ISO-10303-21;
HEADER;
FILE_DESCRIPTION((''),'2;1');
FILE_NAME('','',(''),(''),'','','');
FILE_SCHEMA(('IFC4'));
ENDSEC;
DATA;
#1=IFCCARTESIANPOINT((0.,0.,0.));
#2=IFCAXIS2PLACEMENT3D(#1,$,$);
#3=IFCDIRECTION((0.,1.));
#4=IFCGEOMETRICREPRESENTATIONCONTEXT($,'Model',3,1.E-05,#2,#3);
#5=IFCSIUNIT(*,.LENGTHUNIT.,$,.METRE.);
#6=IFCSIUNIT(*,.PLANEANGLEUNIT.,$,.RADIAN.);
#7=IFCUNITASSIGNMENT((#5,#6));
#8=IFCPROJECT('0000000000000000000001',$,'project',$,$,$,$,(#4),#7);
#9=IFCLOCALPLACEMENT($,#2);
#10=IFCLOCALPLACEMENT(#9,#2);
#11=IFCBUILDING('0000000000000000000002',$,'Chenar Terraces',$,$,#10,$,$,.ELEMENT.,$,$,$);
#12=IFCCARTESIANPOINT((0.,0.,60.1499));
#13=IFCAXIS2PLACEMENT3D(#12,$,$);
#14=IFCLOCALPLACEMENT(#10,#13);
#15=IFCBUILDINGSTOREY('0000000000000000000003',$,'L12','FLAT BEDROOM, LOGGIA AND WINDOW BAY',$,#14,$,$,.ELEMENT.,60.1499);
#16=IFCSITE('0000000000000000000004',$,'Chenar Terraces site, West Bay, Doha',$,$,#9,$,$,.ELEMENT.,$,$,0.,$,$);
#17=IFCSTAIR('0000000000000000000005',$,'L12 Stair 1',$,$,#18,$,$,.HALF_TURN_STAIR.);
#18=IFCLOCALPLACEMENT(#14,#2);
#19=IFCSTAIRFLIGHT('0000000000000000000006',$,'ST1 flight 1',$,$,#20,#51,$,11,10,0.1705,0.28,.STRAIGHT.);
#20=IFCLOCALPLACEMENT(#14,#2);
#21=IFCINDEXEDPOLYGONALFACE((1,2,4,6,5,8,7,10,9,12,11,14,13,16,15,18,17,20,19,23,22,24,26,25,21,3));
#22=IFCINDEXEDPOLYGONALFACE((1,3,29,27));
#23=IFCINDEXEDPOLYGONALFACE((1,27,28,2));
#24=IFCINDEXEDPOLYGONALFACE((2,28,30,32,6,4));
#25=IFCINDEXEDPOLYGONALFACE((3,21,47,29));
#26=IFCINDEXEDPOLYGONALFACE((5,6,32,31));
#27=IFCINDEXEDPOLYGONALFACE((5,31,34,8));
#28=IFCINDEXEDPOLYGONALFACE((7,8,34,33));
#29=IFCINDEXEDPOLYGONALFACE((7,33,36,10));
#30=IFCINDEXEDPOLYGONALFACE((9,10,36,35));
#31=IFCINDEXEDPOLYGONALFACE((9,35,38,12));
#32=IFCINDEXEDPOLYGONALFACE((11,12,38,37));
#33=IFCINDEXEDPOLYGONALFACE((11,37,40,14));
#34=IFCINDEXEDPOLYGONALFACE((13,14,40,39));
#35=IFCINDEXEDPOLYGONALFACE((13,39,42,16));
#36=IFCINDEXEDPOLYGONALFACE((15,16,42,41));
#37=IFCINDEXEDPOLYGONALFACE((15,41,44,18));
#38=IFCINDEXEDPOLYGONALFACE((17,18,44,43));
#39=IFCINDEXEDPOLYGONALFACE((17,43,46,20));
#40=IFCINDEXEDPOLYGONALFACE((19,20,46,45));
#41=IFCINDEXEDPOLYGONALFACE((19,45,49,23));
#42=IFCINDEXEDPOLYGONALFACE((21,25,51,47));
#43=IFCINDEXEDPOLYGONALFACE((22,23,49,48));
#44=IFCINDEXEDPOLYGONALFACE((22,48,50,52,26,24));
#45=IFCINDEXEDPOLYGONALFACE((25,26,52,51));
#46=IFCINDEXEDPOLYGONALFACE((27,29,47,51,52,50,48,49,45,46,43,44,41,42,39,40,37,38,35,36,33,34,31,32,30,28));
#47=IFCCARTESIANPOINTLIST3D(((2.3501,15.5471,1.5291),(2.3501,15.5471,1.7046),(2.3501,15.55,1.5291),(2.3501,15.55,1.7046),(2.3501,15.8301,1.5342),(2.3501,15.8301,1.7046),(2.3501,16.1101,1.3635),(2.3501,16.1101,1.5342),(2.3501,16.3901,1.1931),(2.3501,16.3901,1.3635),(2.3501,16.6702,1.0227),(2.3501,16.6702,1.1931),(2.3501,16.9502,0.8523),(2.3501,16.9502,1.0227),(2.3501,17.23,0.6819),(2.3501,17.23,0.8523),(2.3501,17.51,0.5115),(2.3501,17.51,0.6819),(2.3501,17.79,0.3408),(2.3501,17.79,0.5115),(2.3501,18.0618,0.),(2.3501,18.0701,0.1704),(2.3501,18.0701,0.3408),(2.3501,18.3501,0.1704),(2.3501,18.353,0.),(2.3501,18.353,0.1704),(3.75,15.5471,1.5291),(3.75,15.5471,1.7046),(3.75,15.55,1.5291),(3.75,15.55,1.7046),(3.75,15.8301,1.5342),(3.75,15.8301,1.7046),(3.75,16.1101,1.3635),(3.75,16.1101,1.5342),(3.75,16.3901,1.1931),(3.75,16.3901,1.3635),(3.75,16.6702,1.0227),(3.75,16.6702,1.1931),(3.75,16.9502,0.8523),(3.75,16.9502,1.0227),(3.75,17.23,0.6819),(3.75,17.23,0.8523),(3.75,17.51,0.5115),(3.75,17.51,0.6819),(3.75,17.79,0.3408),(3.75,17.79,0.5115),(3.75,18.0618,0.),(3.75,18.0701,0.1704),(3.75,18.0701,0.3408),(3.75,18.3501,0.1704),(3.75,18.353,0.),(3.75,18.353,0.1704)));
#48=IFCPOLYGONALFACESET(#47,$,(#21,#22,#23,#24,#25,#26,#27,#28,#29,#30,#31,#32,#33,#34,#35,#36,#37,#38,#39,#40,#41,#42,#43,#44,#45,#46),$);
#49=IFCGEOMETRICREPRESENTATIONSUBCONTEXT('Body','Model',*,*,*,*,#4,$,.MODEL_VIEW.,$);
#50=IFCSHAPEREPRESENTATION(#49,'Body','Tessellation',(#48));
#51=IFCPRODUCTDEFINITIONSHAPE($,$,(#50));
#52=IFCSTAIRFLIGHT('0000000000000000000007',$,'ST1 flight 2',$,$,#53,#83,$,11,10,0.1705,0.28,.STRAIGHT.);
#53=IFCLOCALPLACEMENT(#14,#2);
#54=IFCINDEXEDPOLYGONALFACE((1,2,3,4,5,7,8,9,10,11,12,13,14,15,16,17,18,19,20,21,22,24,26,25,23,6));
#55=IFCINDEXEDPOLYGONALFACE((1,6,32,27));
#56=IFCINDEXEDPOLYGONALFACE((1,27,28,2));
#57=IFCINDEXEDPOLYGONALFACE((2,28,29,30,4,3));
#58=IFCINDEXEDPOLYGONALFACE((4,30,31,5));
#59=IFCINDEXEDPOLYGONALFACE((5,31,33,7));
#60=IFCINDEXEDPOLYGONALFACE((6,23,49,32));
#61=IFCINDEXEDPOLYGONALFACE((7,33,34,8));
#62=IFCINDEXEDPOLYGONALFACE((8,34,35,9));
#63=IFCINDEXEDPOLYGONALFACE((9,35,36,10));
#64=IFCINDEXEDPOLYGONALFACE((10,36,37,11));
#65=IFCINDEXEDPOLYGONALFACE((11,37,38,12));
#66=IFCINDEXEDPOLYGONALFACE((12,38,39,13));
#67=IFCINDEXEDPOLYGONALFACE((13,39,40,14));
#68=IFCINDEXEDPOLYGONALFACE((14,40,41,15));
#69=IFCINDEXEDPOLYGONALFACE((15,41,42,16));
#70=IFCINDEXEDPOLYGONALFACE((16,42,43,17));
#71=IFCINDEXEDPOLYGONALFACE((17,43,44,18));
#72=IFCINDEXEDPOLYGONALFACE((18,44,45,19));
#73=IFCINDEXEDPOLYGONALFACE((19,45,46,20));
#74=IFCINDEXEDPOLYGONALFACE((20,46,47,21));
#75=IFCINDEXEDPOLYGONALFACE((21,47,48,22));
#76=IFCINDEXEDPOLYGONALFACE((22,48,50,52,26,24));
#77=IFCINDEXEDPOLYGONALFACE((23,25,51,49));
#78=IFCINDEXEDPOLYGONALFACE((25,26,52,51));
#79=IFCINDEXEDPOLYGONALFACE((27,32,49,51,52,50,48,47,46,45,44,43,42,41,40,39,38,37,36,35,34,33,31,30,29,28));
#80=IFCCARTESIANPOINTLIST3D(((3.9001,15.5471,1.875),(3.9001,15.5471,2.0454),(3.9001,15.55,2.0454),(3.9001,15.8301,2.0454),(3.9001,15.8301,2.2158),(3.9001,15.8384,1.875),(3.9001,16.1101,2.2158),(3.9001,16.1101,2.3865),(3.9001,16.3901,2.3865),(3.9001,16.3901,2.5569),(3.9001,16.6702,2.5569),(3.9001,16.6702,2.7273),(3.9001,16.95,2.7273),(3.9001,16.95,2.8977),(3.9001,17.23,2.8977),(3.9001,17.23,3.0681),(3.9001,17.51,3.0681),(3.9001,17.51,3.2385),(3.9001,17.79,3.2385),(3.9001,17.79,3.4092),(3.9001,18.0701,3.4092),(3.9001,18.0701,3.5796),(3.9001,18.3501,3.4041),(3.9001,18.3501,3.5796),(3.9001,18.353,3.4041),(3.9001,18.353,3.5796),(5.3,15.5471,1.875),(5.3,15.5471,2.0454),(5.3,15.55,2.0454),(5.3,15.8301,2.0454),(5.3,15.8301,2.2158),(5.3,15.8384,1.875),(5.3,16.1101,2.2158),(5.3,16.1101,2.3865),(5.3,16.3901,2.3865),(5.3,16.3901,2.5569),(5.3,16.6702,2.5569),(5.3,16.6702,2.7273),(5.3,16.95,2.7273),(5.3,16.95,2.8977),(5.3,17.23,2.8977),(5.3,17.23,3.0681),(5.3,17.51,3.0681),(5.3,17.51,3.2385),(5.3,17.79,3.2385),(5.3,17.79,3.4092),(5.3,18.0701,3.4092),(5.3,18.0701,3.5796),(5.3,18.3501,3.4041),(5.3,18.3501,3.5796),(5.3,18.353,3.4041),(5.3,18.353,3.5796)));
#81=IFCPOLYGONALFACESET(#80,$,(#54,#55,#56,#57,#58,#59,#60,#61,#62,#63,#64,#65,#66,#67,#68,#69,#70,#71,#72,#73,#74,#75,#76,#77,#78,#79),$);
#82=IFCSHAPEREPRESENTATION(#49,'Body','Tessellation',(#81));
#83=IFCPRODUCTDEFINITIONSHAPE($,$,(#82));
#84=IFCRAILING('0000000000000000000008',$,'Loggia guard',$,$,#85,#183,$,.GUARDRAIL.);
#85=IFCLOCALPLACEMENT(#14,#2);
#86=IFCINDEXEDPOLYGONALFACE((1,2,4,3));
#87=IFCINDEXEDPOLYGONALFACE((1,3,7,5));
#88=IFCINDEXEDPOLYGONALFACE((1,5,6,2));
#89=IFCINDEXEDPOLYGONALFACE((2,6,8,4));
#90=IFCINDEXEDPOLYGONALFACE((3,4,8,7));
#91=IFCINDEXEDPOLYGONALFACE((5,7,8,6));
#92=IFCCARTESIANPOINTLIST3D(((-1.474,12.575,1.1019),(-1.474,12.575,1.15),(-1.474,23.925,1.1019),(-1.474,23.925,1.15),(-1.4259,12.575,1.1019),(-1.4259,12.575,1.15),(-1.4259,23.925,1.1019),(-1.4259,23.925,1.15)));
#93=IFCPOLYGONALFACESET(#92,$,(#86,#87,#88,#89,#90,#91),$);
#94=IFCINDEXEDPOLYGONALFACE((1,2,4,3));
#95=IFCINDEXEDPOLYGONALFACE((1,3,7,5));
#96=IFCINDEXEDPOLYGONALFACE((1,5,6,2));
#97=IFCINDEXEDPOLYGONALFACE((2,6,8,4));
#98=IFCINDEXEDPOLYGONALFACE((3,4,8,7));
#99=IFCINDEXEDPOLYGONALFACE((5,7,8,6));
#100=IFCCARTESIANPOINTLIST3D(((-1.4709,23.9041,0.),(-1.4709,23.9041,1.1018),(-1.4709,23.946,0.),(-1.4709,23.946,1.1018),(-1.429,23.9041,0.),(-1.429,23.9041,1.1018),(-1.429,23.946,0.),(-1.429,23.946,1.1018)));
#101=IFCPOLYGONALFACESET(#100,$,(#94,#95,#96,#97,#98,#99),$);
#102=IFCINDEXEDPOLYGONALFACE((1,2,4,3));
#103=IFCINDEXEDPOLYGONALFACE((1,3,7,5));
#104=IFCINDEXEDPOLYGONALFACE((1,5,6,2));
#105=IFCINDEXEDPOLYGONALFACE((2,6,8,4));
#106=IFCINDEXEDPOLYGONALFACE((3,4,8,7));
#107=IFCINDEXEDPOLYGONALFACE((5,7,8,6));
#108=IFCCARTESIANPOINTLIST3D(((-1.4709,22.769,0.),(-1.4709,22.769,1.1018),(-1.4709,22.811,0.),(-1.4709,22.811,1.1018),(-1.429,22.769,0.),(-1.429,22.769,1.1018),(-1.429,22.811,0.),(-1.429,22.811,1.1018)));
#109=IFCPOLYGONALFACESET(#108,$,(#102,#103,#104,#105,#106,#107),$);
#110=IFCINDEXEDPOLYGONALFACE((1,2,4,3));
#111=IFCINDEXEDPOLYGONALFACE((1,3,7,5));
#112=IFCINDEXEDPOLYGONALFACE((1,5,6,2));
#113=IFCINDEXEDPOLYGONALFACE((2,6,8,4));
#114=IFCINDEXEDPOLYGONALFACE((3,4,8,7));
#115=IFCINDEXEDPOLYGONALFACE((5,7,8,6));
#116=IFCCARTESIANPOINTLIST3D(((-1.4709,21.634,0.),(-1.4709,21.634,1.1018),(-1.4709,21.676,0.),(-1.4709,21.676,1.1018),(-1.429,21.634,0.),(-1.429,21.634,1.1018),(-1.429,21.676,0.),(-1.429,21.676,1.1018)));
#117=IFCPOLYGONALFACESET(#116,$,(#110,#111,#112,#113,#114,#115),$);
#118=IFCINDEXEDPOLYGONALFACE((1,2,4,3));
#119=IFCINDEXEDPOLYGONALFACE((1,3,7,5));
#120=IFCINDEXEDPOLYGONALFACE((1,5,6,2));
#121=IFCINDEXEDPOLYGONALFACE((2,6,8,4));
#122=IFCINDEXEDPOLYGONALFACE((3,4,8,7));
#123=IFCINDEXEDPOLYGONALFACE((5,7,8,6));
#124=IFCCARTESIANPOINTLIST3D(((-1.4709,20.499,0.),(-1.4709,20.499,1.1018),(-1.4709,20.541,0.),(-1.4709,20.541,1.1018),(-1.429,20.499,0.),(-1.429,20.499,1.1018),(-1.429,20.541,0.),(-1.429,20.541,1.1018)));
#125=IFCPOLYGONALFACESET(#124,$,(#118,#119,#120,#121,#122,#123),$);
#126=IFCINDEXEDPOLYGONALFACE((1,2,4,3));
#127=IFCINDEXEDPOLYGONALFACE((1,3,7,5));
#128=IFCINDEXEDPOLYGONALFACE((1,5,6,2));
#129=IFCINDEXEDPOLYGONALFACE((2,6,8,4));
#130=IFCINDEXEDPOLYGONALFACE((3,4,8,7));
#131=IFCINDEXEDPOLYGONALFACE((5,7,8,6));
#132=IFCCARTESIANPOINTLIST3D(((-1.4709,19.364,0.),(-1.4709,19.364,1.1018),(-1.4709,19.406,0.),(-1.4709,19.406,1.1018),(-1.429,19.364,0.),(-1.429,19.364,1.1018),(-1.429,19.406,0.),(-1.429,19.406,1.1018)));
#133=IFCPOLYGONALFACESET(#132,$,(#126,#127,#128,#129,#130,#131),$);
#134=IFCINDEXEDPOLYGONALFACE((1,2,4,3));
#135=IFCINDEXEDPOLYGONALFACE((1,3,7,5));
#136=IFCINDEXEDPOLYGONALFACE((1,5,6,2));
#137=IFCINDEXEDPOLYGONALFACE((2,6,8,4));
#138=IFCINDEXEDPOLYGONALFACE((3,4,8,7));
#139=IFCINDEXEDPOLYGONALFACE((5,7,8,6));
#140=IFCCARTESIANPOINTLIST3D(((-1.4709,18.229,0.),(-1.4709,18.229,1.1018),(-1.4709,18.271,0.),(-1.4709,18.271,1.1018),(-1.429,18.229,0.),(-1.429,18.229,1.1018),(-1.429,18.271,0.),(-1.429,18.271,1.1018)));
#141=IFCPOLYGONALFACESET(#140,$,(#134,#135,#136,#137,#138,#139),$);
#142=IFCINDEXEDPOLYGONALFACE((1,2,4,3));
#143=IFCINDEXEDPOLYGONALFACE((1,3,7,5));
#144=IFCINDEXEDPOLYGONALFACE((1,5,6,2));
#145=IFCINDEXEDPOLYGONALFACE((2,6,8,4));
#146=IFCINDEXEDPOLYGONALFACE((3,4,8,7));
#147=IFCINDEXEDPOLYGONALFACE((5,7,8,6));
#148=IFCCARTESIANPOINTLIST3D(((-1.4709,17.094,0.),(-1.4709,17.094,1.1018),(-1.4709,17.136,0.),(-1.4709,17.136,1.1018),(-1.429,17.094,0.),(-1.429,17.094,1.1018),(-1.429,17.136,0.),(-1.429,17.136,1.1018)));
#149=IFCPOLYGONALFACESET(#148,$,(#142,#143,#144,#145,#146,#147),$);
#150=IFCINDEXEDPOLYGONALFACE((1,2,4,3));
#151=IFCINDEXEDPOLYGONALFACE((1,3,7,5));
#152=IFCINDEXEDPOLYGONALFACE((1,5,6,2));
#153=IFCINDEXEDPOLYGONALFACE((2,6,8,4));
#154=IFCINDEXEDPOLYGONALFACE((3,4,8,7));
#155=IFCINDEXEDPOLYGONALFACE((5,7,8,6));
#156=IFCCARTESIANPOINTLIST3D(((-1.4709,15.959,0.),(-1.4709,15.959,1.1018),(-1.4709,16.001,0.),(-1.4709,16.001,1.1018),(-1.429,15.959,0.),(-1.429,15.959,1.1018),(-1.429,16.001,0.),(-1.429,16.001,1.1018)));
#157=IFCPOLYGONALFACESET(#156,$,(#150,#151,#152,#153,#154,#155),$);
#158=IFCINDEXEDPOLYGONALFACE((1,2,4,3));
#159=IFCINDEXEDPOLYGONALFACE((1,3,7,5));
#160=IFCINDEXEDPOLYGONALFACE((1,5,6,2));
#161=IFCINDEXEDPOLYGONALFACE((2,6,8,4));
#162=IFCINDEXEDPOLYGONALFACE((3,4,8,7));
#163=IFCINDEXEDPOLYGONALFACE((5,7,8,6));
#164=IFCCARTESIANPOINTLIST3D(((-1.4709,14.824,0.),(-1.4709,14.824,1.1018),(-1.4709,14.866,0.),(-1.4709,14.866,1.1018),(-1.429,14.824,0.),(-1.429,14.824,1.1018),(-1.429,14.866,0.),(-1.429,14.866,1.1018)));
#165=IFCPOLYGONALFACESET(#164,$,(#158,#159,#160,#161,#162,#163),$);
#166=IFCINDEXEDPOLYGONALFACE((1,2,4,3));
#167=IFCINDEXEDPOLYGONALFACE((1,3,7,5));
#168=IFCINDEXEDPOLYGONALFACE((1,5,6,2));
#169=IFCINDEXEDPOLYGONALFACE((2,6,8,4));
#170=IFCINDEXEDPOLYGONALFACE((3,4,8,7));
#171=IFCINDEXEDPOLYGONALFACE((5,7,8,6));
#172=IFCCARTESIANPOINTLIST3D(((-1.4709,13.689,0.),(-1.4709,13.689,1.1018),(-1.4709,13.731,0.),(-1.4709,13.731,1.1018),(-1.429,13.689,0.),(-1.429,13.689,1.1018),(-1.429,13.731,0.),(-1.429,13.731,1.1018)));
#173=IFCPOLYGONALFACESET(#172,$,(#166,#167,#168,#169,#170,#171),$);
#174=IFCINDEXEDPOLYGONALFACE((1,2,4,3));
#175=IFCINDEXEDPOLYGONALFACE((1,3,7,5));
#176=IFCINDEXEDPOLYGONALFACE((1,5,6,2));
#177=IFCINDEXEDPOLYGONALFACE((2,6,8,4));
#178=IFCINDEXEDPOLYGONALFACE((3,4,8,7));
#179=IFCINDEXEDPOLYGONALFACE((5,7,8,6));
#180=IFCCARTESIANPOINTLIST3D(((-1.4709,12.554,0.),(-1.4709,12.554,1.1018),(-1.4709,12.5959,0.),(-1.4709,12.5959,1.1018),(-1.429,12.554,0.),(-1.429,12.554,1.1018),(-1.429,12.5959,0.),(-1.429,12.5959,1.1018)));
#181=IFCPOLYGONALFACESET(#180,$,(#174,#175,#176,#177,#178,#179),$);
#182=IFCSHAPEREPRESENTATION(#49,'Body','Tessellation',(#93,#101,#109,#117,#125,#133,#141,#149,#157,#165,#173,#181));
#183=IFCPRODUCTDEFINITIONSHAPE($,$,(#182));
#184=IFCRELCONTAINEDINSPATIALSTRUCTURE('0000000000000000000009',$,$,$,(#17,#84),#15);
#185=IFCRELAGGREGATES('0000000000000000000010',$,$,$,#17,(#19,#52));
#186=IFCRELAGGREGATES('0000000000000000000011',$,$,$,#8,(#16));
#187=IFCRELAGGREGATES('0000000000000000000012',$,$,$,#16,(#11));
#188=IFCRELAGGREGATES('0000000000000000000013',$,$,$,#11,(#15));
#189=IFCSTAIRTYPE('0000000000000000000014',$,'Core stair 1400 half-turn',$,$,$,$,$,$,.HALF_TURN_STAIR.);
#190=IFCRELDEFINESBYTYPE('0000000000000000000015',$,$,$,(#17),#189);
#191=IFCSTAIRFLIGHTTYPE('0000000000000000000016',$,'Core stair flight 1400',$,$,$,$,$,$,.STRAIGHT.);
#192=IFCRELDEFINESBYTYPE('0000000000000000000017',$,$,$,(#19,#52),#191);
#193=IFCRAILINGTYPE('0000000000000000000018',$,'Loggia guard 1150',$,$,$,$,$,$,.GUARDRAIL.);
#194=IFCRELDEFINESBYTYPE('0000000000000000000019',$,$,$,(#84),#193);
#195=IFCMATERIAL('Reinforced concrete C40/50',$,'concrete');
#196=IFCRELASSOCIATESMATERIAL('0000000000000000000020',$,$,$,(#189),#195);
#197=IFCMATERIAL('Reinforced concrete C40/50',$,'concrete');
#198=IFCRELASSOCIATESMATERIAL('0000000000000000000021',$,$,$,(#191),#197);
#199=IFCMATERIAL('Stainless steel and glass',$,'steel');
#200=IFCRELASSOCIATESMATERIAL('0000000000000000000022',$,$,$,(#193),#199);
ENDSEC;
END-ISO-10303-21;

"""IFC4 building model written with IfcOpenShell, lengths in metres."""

from ifc_helpers import new_model, si_unit, direction, frame, origin, origin_2d, place, context, subcontext, project, spatial, polyline, rectangle, outline, extrude, material, type_object, element, aggregate, save


model = new_model("IFC4")

# Units and contexts
model_context = context("Model", 3, precision=1e-05, world=origin(), true_north=direction((0.0, 1.0)))
body_context = subcontext(model_context, "Body", "Model", "MODEL_VIEW")
ifc_project = project(units=[si_unit("LENGTHUNIT", "METRE"), si_unit("PLANEANGLEUNIT", "RADIAN")], contexts=[model_context])

# Site, building, storey
site_placement = place(None, origin())
site = spatial("IfcSite", under=ifc_project, at=site_placement, Name="Chenar Terraces site, West Bay, Doha", CompositionType="ELEMENT", RefElevation=0.0)
building_placement = place(site_placement, origin())
building = spatial("IfcBuilding", under=site, at=building_placement, Name="Chenar Terraces", CompositionType="ELEMENT")
storey_placement = place(building_placement, frame((0.0, 0.0, 60.1499)))
storey = spatial("IfcBuildingStorey", under=building, at=storey_placement, Name="L12", Description="FLAT BEDROOM, LOGGIA AND WINDOW BAY", CompositionType="ELEMENT", Elevation=60.1499)

# Stair, stair flights
ifc_material_1 = material(Name="Reinforced concrete C40/50", Category="concrete")
stair_type = type_object("IfcStairType", Name="Core stair 1400 half-turn", PredefinedType="HALF_TURN_STAIR", material=ifc_material_1)
stair_placement = place(storey_placement, origin())
stair = element("IfcStair", 1, at=stair_placement, inside=storey, type_object=stair_type, Name="L12 Stair 1", PredefinedType="HALF_TURN_STAIR")
ifc_material_2 = material(Name="Reinforced concrete C40/50", Category="concrete")
stair_flight_type = type_object("IfcStairFlightType", Name="Core stair flight 1400", PredefinedType="STRAIGHT", material=ifc_material_2)
stair_flight_1_placement = place(storey_placement, frame((3.05, 18.3501, 0.0), z_axis=(0.0, 0.0, 1.0), x_axis=(0.0, -1.0, 0.0)))
stair_flight_1 = element("IfcStairFlight", 2, at=stair_flight_1_placement, type_object=stair_flight_type, Name="ST1 flight 1", NumberOfRisers=11, NumberOfTreads=10, PredefinedType="STRAIGHT", RiserHeight=0.1705, TreadLength=0.28, context=body_context, shape_type="SweptSolid", body=[
    extrude(outline(polyline([(-0.0029, 0.0), (-0.0029, 0.1704), (0.0, 0.1704), (0.28, 0.1704), (0.28, 0.3408), (0.5601, 0.3408), (0.5601, 0.5115), (0.8401, 0.5115), (0.8401, 0.6819), (1.1201, 0.6819), (1.1201, 0.8523), (1.3999, 0.8523), (1.3999, 1.0227), (1.6799, 1.0227), (1.6799, 1.1931), (1.96, 1.1931), (1.96, 1.3635), (2.24, 1.3635), (2.24, 1.5342), (2.52, 1.5342), (2.52, 1.7046), (2.8, 1.7046), (2.803, 1.7046), (2.803, 1.5291), (2.8, 1.5291), (0.2883, 0.0), (-0.0029, 0.0)])), frame((0.0, 0.7, 0.0), z_axis=(0.0, -1.0, 0.0), x_axis=(1.0, 0.0, 0.0)), (0.0, 0.0, 1.0), 1.3999),
])
stair_flight_2_placement = place(storey_placement, frame((4.6001, 15.55, 1.875), z_axis=(0.0, 0.0, 1.0), x_axis=(0.0, 1.0, 0.0)))
stair_flight_2 = element("IfcStairFlight", 3, at=stair_flight_2_placement, type_object=stair_flight_type, Name="ST1 flight 2", NumberOfRisers=11, NumberOfTreads=10, PredefinedType="STRAIGHT", RiserHeight=0.1705, TreadLength=0.28, context=body_context, shape_type="SweptSolid", body=[
    extrude(outline(polyline([(-0.0029, 0.0), (-0.0029, 0.1704), (0.0, 0.1704), (0.28, 0.1704), (0.28, 0.3408), (0.5601, 0.3408), (0.5601, 0.5115), (0.8401, 0.5115), (0.8401, 0.6819), (1.1201, 0.6819), (1.1201, 0.8523), (1.3999, 0.8523), (1.3999, 1.0227), (1.6799, 1.0227), (1.6799, 1.1931), (1.96, 1.1931), (1.96, 1.3635), (2.24, 1.3635), (2.24, 1.5342), (2.52, 1.5342), (2.52, 1.7046), (2.8, 1.7046), (2.803, 1.7046), (2.803, 1.5291), (2.8, 1.5291), (0.2883, 0.0), (-0.0029, 0.0)])), frame((0.0, 0.7, 0.0), z_axis=(0.0, -1.0, 0.0), x_axis=(1.0, 0.0, 0.0)), (0.0, 0.0, 1.0), 1.3999),
])
aggregate(stair, [stair_flight_1, stair_flight_2])

# Railing
ifc_material_3 = material(Name="Stainless steel and glass", Category="steel")
railing_type_1 = type_object("IfcRailingType", Name="Loggia guard 1150", PredefinedType="GUARDRAIL", material=ifc_material_3)
railing_1_placement = place(storey_placement, frame((-1.45, 23.925, 0.0)))
element("IfcRailing", 4, at=railing_1_placement, inside=storey, type_object=railing_type_1, Name="Loggia guard", PredefinedType="GUARDRAIL", context=body_context, shape_type="SweptSolid", body=[
    extrude(rectangle(XDim=0.0481, YDim=0.0481, at=origin_2d()), frame((0.0, 0.0, 1.126), z_axis=(0.0, -1.0, 0.0), x_axis=(1.0, 0.0, 0.0)), (0.0, 0.0, 1.0), 11.3501),
    extrude(rectangle(XDim=0.042, YDim=0.042, at=origin_2d()), origin(), (0.0, 0.0, 1.0), 1.1018),
    extrude(rectangle(XDim=0.042, YDim=0.042, at=origin_2d()), frame((0.0, -1.135, 0.0)), (0.0, 0.0, 1.0), 1.1018),
    extrude(rectangle(XDim=0.042, YDim=0.042, at=origin_2d()), frame((0.0, -2.27, 0.0)), (0.0, 0.0, 1.0), 1.1018),
    extrude(rectangle(XDim=0.042, YDim=0.042, at=origin_2d()), frame((0.0, -3.405, 0.0)), (0.0, 0.0, 1.0), 1.1018),
    extrude(rectangle(XDim=0.042, YDim=0.042, at=origin_2d()), frame((0.0, -4.54, 0.0)), (0.0, 0.0, 1.0), 1.1018),
    extrude(rectangle(XDim=0.042, YDim=0.042, at=origin_2d()), frame((0.0, -5.675, 0.0)), (0.0, 0.0, 1.0), 1.1018),
    extrude(rectangle(XDim=0.042, YDim=0.042, at=origin_2d()), frame((0.0, -6.8101, 0.0)), (0.0, 0.0, 1.0), 1.1018),
    extrude(rectangle(XDim=0.042, YDim=0.042, at=origin_2d()), frame((0.0, -7.9451, 0.0)), (0.0, 0.0, 1.0), 1.1018),
    extrude(rectangle(XDim=0.042, YDim=0.042, at=origin_2d()), frame((0.0, -9.0801, 0.0)), (0.0, 0.0, 1.0), 1.1018),
    extrude(rectangle(XDim=0.042, YDim=0.042, at=origin_2d()), frame((0.0, -10.2151, 0.0)), (0.0, 0.0, 1.0), 1.1018),
    extrude(rectangle(XDim=0.042, YDim=0.042, at=origin_2d()), frame((0.0, -11.3501, 0.0)), (0.0, 0.0, 1.0), 1.1018),
])

save(model, "model.ifc")
